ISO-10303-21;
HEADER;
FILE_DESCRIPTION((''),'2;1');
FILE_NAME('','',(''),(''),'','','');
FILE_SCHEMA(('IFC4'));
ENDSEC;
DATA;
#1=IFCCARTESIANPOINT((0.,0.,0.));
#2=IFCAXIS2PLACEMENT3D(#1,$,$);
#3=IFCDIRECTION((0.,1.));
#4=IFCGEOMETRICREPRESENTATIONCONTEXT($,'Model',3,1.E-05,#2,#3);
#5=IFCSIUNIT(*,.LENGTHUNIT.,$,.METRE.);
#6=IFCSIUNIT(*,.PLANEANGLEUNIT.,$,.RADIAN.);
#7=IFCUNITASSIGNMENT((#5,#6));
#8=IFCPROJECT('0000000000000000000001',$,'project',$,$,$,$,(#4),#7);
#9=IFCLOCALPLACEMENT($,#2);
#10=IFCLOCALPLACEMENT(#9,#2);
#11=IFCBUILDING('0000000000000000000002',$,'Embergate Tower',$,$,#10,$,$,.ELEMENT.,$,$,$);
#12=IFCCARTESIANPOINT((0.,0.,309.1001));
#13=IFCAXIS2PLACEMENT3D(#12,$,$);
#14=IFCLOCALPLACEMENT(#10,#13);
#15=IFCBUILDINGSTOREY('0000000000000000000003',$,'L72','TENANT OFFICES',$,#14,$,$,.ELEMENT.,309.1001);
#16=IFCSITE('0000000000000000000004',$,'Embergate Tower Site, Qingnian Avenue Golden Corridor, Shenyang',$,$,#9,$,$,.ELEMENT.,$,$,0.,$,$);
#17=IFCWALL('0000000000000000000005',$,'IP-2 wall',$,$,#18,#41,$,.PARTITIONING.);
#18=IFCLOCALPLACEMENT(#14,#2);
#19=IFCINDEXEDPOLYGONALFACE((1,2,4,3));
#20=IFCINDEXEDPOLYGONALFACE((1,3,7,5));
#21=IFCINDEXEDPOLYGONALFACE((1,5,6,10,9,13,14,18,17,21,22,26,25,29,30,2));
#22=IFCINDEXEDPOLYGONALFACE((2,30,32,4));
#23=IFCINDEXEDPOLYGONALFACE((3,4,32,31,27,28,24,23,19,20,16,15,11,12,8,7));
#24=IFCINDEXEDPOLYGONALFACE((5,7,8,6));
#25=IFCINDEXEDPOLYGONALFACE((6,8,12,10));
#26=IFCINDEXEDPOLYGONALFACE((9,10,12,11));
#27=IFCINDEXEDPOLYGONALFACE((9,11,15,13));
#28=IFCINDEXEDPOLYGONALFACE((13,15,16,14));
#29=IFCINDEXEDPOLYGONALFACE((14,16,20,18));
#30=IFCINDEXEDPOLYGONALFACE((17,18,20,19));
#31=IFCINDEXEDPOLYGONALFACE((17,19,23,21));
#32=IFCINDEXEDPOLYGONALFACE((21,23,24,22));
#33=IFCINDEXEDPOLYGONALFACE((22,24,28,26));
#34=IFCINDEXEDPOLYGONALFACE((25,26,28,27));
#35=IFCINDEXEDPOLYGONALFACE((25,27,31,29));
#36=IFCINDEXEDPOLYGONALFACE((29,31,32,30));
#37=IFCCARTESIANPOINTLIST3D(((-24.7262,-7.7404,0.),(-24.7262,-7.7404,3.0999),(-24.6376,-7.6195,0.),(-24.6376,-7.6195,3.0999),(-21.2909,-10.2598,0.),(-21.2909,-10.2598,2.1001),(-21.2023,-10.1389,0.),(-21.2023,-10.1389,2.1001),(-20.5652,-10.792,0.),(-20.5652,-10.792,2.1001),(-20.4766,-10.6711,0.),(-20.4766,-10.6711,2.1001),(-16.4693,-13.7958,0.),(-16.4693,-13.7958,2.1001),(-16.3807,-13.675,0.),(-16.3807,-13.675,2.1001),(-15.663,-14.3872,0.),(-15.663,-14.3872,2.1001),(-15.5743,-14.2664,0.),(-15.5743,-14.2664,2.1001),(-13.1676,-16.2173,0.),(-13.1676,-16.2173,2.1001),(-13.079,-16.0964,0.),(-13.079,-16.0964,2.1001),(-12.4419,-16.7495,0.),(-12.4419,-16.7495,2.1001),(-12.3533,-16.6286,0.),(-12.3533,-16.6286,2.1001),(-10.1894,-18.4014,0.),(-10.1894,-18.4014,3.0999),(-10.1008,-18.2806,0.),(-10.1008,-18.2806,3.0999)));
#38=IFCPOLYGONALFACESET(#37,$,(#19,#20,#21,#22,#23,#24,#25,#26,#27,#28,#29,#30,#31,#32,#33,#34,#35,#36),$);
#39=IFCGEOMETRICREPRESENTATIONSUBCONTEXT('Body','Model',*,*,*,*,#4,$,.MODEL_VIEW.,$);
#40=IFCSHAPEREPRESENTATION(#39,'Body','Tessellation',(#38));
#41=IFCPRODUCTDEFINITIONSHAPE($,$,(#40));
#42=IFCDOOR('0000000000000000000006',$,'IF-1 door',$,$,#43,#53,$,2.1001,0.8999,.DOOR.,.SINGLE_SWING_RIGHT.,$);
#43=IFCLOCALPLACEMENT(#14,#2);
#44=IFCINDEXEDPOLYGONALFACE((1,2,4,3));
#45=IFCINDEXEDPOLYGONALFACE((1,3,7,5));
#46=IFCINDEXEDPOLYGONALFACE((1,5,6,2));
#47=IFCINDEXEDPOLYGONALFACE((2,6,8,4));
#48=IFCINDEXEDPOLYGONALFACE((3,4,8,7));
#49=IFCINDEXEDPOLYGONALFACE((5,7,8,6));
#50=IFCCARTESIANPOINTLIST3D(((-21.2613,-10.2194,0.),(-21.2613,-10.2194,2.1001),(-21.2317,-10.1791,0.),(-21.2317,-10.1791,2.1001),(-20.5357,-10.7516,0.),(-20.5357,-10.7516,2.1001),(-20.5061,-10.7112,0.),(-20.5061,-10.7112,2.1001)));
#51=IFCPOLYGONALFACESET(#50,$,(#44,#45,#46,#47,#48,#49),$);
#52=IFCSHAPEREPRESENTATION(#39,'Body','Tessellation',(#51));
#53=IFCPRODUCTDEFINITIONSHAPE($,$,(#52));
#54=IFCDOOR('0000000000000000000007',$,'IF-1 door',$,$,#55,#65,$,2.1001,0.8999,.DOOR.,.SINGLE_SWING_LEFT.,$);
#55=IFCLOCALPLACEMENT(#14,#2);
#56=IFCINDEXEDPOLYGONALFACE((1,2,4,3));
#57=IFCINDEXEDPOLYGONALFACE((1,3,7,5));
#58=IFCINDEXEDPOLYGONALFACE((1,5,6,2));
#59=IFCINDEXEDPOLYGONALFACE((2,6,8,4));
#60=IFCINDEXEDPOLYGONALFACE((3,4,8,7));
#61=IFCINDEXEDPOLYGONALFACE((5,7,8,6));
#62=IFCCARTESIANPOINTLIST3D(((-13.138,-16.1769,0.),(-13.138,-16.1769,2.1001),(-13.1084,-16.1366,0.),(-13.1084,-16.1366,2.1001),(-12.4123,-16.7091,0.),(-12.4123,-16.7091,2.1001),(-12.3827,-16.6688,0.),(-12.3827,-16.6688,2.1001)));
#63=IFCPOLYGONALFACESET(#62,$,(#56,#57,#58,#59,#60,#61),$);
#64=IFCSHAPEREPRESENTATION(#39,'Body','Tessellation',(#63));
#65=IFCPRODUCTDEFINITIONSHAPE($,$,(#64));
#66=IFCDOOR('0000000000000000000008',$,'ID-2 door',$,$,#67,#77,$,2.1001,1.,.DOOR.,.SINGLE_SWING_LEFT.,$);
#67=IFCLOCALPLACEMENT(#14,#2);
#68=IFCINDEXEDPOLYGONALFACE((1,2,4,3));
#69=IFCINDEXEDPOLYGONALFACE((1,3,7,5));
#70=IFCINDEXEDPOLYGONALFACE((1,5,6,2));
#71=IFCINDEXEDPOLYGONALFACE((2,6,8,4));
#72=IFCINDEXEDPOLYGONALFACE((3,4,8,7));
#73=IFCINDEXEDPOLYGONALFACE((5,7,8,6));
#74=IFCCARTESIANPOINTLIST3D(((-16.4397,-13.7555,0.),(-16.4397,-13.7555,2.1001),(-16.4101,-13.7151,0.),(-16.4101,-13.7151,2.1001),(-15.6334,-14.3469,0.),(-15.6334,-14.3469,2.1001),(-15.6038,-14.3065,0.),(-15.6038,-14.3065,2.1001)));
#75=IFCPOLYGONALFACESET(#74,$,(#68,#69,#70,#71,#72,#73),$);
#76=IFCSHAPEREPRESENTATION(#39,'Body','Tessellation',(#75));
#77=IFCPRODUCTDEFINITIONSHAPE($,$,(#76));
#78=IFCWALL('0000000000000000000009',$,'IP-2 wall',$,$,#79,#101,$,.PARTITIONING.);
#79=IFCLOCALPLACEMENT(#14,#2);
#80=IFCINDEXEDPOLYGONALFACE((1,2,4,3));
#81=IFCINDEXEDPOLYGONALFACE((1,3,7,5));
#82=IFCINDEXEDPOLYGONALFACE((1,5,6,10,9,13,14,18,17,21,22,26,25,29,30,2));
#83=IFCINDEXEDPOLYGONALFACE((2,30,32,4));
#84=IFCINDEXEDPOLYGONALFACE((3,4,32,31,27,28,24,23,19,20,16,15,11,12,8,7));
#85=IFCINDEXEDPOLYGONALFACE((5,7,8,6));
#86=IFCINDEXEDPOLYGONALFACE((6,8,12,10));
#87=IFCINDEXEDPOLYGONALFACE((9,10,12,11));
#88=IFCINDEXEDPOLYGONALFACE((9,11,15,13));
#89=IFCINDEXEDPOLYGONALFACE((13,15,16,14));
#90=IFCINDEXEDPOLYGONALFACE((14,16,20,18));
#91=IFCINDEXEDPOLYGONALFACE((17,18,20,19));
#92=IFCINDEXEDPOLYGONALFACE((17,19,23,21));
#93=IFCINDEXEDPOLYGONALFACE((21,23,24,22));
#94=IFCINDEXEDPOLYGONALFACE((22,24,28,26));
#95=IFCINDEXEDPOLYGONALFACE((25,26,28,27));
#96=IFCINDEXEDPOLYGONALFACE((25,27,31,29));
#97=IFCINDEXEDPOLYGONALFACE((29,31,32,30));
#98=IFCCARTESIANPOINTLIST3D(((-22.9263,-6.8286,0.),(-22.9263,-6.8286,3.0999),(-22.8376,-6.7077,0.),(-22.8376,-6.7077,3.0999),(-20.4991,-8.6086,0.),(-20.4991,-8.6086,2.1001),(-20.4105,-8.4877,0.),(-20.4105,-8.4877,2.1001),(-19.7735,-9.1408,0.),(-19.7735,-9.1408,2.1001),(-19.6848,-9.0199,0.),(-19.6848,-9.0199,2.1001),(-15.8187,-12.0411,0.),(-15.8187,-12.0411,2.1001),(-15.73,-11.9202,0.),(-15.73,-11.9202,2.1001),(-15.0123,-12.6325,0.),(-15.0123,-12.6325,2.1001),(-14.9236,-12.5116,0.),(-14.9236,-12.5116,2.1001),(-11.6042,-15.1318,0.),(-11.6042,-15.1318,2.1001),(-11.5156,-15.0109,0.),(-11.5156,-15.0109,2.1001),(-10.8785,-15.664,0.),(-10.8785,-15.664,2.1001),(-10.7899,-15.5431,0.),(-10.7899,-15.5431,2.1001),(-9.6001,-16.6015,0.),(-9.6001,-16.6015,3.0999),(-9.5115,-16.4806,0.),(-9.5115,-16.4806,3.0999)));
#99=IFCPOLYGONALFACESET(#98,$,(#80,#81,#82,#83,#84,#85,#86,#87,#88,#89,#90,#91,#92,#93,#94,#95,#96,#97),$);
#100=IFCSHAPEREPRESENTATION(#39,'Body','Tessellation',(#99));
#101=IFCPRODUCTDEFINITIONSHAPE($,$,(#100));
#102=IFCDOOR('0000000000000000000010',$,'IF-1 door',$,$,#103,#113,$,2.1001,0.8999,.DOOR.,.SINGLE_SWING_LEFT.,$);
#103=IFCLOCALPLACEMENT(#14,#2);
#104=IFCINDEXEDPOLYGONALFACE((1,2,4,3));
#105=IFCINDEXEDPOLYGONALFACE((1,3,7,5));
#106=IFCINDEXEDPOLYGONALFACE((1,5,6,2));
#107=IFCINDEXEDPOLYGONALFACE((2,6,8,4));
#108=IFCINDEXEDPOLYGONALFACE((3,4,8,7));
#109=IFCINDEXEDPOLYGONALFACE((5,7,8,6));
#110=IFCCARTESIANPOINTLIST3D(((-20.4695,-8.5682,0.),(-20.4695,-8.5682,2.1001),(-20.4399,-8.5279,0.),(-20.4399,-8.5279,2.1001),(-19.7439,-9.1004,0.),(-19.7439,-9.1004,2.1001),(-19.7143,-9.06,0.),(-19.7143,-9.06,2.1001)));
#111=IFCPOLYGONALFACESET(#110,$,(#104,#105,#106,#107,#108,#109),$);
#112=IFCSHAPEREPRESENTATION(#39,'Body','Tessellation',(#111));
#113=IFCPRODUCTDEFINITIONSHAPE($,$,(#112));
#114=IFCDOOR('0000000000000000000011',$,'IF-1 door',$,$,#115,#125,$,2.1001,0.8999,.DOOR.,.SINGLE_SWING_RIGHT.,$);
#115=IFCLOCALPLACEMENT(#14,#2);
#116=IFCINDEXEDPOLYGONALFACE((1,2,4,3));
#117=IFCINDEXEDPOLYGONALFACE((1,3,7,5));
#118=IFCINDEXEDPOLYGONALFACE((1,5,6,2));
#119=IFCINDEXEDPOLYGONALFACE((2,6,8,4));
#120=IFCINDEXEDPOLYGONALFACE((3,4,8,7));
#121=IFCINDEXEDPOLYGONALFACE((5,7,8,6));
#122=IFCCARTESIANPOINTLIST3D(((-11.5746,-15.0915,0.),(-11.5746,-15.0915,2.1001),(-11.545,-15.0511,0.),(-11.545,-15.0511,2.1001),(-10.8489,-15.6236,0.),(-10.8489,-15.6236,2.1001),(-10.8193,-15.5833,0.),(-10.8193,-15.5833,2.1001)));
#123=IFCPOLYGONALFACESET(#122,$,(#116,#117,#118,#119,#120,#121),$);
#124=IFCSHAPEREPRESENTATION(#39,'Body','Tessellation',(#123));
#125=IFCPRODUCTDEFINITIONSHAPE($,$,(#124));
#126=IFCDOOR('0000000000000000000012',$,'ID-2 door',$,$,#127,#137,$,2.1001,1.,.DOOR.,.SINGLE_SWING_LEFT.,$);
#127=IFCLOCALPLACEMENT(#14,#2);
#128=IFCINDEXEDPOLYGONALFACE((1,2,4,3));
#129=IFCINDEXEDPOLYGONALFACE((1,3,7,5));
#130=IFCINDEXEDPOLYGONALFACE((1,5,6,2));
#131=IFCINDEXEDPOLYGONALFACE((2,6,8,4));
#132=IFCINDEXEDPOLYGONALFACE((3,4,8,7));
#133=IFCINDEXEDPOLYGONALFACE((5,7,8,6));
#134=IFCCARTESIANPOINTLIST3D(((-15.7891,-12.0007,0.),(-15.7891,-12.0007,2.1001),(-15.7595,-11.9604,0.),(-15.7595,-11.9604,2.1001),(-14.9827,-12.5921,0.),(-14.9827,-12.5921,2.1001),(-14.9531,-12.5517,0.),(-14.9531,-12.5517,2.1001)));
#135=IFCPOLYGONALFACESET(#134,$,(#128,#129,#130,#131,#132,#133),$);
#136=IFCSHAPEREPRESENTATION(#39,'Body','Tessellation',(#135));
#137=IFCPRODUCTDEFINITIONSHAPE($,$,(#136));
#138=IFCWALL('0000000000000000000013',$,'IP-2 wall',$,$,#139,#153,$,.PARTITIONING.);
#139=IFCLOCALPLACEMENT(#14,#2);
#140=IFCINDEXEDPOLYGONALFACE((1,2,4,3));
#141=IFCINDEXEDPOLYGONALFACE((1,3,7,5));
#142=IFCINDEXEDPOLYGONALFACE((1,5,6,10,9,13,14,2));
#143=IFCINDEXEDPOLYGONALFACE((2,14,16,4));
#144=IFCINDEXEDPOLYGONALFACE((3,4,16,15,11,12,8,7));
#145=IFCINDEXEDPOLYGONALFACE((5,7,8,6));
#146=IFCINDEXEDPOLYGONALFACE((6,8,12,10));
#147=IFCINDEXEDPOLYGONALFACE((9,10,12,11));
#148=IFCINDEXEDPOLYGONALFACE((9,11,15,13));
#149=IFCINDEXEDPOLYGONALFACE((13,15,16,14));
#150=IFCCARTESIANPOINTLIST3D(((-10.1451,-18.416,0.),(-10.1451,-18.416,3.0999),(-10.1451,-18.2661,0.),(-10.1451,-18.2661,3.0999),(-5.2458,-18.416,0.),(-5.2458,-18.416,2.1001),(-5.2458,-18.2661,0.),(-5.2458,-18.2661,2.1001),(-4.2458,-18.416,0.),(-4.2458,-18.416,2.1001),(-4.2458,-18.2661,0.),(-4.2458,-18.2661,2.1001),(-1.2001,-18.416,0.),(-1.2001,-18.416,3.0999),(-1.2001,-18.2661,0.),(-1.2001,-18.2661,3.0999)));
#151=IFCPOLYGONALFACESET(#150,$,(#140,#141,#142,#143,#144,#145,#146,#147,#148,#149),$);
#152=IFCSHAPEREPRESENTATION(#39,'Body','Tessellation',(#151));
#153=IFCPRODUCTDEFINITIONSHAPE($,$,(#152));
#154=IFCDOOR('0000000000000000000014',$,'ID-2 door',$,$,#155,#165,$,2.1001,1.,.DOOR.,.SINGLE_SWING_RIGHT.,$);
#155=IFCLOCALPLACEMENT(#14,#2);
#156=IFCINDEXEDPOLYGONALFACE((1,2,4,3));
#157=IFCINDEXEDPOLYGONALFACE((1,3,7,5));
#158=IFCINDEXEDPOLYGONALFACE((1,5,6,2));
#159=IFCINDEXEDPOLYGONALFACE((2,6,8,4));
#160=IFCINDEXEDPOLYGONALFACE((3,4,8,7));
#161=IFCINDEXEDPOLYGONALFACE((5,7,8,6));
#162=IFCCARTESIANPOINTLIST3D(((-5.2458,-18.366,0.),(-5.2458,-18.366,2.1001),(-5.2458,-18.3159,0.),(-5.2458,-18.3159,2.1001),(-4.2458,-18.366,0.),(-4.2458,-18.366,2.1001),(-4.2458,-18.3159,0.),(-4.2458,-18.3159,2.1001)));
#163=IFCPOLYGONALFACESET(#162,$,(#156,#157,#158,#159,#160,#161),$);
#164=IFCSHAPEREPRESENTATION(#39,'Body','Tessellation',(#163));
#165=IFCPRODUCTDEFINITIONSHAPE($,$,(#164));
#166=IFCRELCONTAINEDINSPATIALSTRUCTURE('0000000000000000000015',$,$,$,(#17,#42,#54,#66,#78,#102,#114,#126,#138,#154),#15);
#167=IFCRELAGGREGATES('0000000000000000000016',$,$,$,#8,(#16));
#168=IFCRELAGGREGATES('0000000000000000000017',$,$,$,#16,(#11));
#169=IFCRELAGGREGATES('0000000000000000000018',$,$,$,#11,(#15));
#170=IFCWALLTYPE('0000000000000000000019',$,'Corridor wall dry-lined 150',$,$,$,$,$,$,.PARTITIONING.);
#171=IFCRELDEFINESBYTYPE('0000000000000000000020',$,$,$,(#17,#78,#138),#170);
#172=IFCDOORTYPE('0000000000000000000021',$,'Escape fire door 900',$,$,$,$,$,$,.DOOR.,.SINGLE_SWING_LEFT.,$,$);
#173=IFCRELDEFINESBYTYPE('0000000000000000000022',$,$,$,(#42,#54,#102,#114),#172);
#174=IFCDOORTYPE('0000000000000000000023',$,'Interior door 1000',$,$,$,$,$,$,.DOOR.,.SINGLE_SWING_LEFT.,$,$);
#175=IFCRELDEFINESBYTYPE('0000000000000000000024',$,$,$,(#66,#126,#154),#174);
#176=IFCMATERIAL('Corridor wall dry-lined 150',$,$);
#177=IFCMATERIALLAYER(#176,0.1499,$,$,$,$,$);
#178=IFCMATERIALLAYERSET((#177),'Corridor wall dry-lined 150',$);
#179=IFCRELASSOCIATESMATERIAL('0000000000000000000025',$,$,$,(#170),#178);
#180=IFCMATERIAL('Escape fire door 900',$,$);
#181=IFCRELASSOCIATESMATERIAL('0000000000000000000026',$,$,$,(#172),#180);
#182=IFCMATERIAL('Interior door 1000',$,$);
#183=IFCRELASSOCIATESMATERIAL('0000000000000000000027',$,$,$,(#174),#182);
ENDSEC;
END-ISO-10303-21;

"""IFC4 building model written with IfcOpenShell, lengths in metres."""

from ifc_helpers import new_model, si_unit, direction, frame, frame_2d, origin, place, context, subcontext, project, spatial, rectangle, extrude, source, transform, mapped, material, layer, layer_set, type_object, element, fill, save


model = new_model("IFC4")

# Units and contexts
model_context = context("Model", 3, precision=1e-05, world=origin(), true_north=direction((0.0, 1.0)))
body_context = subcontext(model_context, "Body", "Model", "MODEL_VIEW")
ifc_project = project(units=[si_unit("LENGTHUNIT", "METRE"), si_unit("PLANEANGLEUNIT", "RADIAN")], contexts=[model_context])

# Site, building, storey
site_placement = place(None, origin())
site = spatial("IfcSite", under=ifc_project, at=site_placement, Name="Embergate Tower Site, Qingnian Avenue Golden Corridor, Shenyang", CompositionType="ELEMENT", RefElevation=0.0)
building_placement = place(site_placement, origin())
building = spatial("IfcBuilding", under=site, at=building_placement, Name="Embergate Tower", CompositionType="ELEMENT")
storey_placement = place(building_placement, frame((0.0, 0.0, 309.1001)))
storey = spatial("IfcBuildingStorey", under=building, at=storey_placement, Name="L72", Description="TENANT OFFICES", CompositionType="ELEMENT", Elevation=309.1001)

# Shared definitions
ifc_material_1 = material(Name="Corridor wall dry-lined 150")
ifc_layer_1 = layer(ifc_material_1, 0.1499)
ifc_layer_set_1 = layer_set([ifc_layer_1], Name="Corridor wall dry-lined 150")
wall_type_1 = type_object("IfcWallType", Name="Corridor wall dry-lined 150", PredefinedType="PARTITIONING", material=ifc_layer_set_1)
shared_shape_1 = source(origin(), body_context, "Body", "SweptSolid", [
    extrude(rectangle(XDim=0.8999, YDim=2.1001, at=frame_2d((0.45, 1.05))), frame((0.0, 0.085, 0.0), z_axis=(0.0, -1.0, 0.0), x_axis=(1.0, 0.0, 0.0)), (0.0, 0.0, 1.0), 0.1699),
])
ifc_material_2 = material(Name="Escape fire door 900")
door_type_1 = type_object("IfcDoorType", Name="Escape fire door 900", OperationType="SINGLE_SWING_LEFT", PredefinedType="DOOR", material=ifc_material_2)
shared_shape_2 = source(origin(), body_context, "Body", "SweptSolid", [
    extrude(rectangle(XDim=0.8999, YDim=2.1001, at=frame_2d((0.45, 1.05))), frame((0.0, 0.0249, 0.0), z_axis=(0.0, -1.0, 0.0), x_axis=(1.0, 0.0, 0.0)), (0.0, 0.0, 1.0), 0.05),
])

# Walls, openings, doors
shared_shape_3 = source(origin(), body_context, "Body", "SweptSolid", [
    extrude(rectangle(XDim=18.0271, YDim=0.1499, at=frame_2d((9.0137, 0.0))), origin(), (0.0, 0.0, 1.0), 3.0999),
])
wall_1_placement = place(storey_placement, frame((-10.145, -18.3411, 0.0), z_axis=(0.0, 0.0, 1.0), x_axis=(-0.806385, 0.591391, 0.0)))
wall_1 = element("IfcWall", 1, at=wall_1_placement, inside=storey, type_object=wall_type_1, Name="IP-2 wall", PredefinedType="PARTITIONING", context=body_context, shape_type="MappedRepresentation", body=[
    mapped(shared_shape_3, transform((0.0, 0.0, 0.0))),
])
opening_1_placement = place(wall_1_placement, frame((12.8672, 0.0, 0.0)))
opening_1 = element("IfcOpeningElement", 2, at=opening_1_placement, cuts=wall_1, PredefinedType="OPENING", context=body_context, shape_type="MappedRepresentation", body=[
    mapped(shared_shape_1, transform((0.0, 0.0, 0.0))),
])
shared_shape_4 = source(origin(), body_context, "Body", "SweptSolid", [
    extrude(rectangle(XDim=1.0, YDim=2.1001, at=frame_2d((0.5, 1.05))), frame((0.0, 0.085, 0.0), z_axis=(0.0, -1.0, 0.0), x_axis=(1.0, 0.0, 0.0)), (0.0, 0.0, 1.0), 0.1699),
])
opening_2_placement = place(wall_1_placement, frame((6.7878, 0.0, 0.0)))
opening_2 = element("IfcOpeningElement", 3, at=opening_2_placement, cuts=wall_1, PredefinedType="OPENING", context=body_context, shape_type="MappedRepresentation", body=[
    mapped(shared_shape_4, transform((0.0, 0.0, 0.0))),
])
opening_3_placement = place(wall_1_placement, frame((2.7935, 0.0, 0.0)))
opening_3 = element("IfcOpeningElement", 4, at=opening_3_placement, cuts=wall_1, PredefinedType="OPENING", context=body_context, shape_type="MappedRepresentation", body=[
    mapped(shared_shape_1, transform((0.0, 0.0, 0.0))),
])
door_1_placement = place(opening_1_placement, origin())
door_1 = element("IfcDoor", 5, at=door_1_placement, inside=storey, type_object=door_type_1, Name="IF-1 door", OperationType="SINGLE_SWING_RIGHT", OverallHeight=2.1001, OverallWidth=0.8999, PredefinedType="DOOR", context=body_context, shape_type="MappedRepresentation", body=[
    mapped(shared_shape_2, transform((0.0, 0.0, 0.0))),
])
fill(opening_1, door_1)
door_2_placement = place(opening_3_placement, origin())
door_2 = element("IfcDoor", 6, at=door_2_placement, inside=storey, type_object=door_type_1, Name="IF-1 door", OperationType="SINGLE_SWING_LEFT", OverallHeight=2.1001, OverallWidth=0.8999, PredefinedType="DOOR", context=body_context, shape_type="MappedRepresentation", body=[
    mapped(shared_shape_2, transform((0.0, 0.0, 0.0))),
])
fill(opening_3, door_2)
ifc_material_3 = material(Name="Interior door 1000")
door_type_2 = type_object("IfcDoorType", Name="Interior door 1000", OperationType="SINGLE_SWING_LEFT", PredefinedType="DOOR", material=ifc_material_3)
shared_shape_5 = source(origin(), body_context, "Body", "SweptSolid", [
    extrude(rectangle(XDim=1.0, YDim=2.1001, at=frame_2d((0.5, 1.05))), frame((0.0, 0.0249, 0.0), z_axis=(0.0, -1.0, 0.0), x_axis=(1.0, 0.0, 0.0)), (0.0, 0.0, 1.0), 0.05),
])
door_3_placement = place(opening_2_placement, origin())
door_3 = element("IfcDoor", 7, at=door_3_placement, inside=storey, type_object=door_type_2, Name="ID-2 door", OperationType="SINGLE_SWING_LEFT", OverallHeight=2.1001, OverallWidth=1.0, PredefinedType="DOOR", context=body_context, shape_type="MappedRepresentation", body=[
    mapped(shared_shape_5, transform((0.0, 0.0, 0.0))),
])
fill(opening_2, door_3)
shared_shape_6 = source(origin(), body_context, "Body", "SweptSolid", [
    extrude(rectangle(XDim=16.5256, YDim=0.1499, at=frame_2d((8.2627, 0.0))), origin(), (0.0, 0.0, 1.0), 3.0999),
])
wall_2_placement = place(storey_placement, frame((-9.5559, -16.541, 0.0), z_axis=(0.0, 0.0, 1.0), x_axis=(-0.806393, 0.59138, 0.0)))
wall_2 = element("IfcWall", 8, at=wall_2_placement, inside=storey, type_object=wall_type_1, Name="IP-2 wall", PredefinedType="PARTITIONING", context=body_context, shape_type="MappedRepresentation", body=[
    mapped(shared_shape_6, transform((0.0, 0.0, 0.0))),
])
opening_4_placement = place(wall_2_placement, frame((12.6157, 0.0, 0.0)))
opening_4 = element("IfcOpeningElement", 9, at=opening_4_placement, cuts=wall_2, PredefinedType="OPENING", context=body_context, shape_type="MappedRepresentation", body=[
    mapped(shared_shape_1, transform((0.0, 0.0, 0.0))),
])
opening_5_placement = place(wall_2_placement, frame((6.7114, 0.0, 0.0)))
opening_5 = element("IfcOpeningElement", 10, at=opening_5_placement, cuts=wall_2, PredefinedType="OPENING", context=body_context, shape_type="MappedRepresentation", body=[
    mapped(shared_shape_4, transform((0.0, 0.0, 0.0))),
])
opening_6_placement = place(wall_2_placement, frame((1.5852, 0.0, 0.0)))
opening_6 = element("IfcOpeningElement", 11, at=opening_6_placement, cuts=wall_2, PredefinedType="OPENING", context=body_context, shape_type="MappedRepresentation", body=[
    mapped(shared_shape_1, transform((0.0, 0.0, 0.0))),
])
door_4_placement = place(opening_4_placement, origin())
door_4 = element("IfcDoor", 12, at=door_4_placement, inside=storey, type_object=door_type_1, Name="IF-1 door", OperationType="SINGLE_SWING_LEFT", OverallHeight=2.1001, OverallWidth=0.8999, PredefinedType="DOOR", context=body_context, shape_type="MappedRepresentation", body=[
    mapped(shared_shape_2, transform((0.0, 0.0, 0.0))),
])
fill(opening_4, door_4)
door_5_placement = place(opening_6_placement, origin())
door_5 = element("IfcDoor", 13, at=door_5_placement, inside=storey, type_object=door_type_1, Name="IF-1 door", OperationType="SINGLE_SWING_RIGHT", OverallHeight=2.1001, OverallWidth=0.8999, PredefinedType="DOOR", context=body_context, shape_type="MappedRepresentation", body=[
    mapped(shared_shape_2, transform((0.0, 0.0, 0.0))),
])
fill(opening_6, door_5)
door_6_placement = place(opening_5_placement, origin())
door_6 = element("IfcDoor", 14, at=door_6_placement, inside=storey, type_object=door_type_2, Name="ID-2 door", OperationType="SINGLE_SWING_LEFT", OverallHeight=2.1001, OverallWidth=1.0, PredefinedType="DOOR", context=body_context, shape_type="MappedRepresentation", body=[
    mapped(shared_shape_5, transform((0.0, 0.0, 0.0))),
])
fill(opening_5, door_6)

# Wall, opening, door
shared_shape_7 = source(origin(), body_context, "Body", "SweptSolid", [
    extrude(rectangle(XDim=8.9451, YDim=0.1499, at=frame_2d((4.4727, 0.0))), origin(), (0.0, 0.0, 1.0), 3.0999),
])
wall_3_placement = place(storey_placement, frame((-1.2, -18.3411, 0.0), z_axis=(0.0, 0.0, 1.0), x_axis=(-1.0, 0.0, 0.0)))
wall_3 = element("IfcWall", 15, at=wall_3_placement, inside=storey, type_object=wall_type_1, Name="IP-2 wall", PredefinedType="PARTITIONING", context=body_context, shape_type="MappedRepresentation", body=[
    mapped(shared_shape_7, transform((0.0, 0.0, 0.0))),
])
opening_7_placement = place(wall_3_placement, frame((3.0459, 0.0, 0.0)))
opening_7 = element("IfcOpeningElement", 16, at=opening_7_placement, cuts=wall_3, PredefinedType="OPENING", context=body_context, shape_type="MappedRepresentation", body=[
    mapped(shared_shape_4, transform((0.0, 0.0, 0.0))),
])
door_7_placement = place(opening_7_placement, origin())
door_7 = element("IfcDoor", 17, at=door_7_placement, inside=storey, type_object=door_type_2, Name="ID-2 door", OperationType="SINGLE_SWING_RIGHT", OverallHeight=2.1001, OverallWidth=1.0, PredefinedType="DOOR", context=body_context, shape_type="MappedRepresentation", body=[
    mapped(shared_shape_5, transform((0.0, 0.0, 0.0))),
])
fill(opening_7, door_7)

save(model, "model.ifc")
